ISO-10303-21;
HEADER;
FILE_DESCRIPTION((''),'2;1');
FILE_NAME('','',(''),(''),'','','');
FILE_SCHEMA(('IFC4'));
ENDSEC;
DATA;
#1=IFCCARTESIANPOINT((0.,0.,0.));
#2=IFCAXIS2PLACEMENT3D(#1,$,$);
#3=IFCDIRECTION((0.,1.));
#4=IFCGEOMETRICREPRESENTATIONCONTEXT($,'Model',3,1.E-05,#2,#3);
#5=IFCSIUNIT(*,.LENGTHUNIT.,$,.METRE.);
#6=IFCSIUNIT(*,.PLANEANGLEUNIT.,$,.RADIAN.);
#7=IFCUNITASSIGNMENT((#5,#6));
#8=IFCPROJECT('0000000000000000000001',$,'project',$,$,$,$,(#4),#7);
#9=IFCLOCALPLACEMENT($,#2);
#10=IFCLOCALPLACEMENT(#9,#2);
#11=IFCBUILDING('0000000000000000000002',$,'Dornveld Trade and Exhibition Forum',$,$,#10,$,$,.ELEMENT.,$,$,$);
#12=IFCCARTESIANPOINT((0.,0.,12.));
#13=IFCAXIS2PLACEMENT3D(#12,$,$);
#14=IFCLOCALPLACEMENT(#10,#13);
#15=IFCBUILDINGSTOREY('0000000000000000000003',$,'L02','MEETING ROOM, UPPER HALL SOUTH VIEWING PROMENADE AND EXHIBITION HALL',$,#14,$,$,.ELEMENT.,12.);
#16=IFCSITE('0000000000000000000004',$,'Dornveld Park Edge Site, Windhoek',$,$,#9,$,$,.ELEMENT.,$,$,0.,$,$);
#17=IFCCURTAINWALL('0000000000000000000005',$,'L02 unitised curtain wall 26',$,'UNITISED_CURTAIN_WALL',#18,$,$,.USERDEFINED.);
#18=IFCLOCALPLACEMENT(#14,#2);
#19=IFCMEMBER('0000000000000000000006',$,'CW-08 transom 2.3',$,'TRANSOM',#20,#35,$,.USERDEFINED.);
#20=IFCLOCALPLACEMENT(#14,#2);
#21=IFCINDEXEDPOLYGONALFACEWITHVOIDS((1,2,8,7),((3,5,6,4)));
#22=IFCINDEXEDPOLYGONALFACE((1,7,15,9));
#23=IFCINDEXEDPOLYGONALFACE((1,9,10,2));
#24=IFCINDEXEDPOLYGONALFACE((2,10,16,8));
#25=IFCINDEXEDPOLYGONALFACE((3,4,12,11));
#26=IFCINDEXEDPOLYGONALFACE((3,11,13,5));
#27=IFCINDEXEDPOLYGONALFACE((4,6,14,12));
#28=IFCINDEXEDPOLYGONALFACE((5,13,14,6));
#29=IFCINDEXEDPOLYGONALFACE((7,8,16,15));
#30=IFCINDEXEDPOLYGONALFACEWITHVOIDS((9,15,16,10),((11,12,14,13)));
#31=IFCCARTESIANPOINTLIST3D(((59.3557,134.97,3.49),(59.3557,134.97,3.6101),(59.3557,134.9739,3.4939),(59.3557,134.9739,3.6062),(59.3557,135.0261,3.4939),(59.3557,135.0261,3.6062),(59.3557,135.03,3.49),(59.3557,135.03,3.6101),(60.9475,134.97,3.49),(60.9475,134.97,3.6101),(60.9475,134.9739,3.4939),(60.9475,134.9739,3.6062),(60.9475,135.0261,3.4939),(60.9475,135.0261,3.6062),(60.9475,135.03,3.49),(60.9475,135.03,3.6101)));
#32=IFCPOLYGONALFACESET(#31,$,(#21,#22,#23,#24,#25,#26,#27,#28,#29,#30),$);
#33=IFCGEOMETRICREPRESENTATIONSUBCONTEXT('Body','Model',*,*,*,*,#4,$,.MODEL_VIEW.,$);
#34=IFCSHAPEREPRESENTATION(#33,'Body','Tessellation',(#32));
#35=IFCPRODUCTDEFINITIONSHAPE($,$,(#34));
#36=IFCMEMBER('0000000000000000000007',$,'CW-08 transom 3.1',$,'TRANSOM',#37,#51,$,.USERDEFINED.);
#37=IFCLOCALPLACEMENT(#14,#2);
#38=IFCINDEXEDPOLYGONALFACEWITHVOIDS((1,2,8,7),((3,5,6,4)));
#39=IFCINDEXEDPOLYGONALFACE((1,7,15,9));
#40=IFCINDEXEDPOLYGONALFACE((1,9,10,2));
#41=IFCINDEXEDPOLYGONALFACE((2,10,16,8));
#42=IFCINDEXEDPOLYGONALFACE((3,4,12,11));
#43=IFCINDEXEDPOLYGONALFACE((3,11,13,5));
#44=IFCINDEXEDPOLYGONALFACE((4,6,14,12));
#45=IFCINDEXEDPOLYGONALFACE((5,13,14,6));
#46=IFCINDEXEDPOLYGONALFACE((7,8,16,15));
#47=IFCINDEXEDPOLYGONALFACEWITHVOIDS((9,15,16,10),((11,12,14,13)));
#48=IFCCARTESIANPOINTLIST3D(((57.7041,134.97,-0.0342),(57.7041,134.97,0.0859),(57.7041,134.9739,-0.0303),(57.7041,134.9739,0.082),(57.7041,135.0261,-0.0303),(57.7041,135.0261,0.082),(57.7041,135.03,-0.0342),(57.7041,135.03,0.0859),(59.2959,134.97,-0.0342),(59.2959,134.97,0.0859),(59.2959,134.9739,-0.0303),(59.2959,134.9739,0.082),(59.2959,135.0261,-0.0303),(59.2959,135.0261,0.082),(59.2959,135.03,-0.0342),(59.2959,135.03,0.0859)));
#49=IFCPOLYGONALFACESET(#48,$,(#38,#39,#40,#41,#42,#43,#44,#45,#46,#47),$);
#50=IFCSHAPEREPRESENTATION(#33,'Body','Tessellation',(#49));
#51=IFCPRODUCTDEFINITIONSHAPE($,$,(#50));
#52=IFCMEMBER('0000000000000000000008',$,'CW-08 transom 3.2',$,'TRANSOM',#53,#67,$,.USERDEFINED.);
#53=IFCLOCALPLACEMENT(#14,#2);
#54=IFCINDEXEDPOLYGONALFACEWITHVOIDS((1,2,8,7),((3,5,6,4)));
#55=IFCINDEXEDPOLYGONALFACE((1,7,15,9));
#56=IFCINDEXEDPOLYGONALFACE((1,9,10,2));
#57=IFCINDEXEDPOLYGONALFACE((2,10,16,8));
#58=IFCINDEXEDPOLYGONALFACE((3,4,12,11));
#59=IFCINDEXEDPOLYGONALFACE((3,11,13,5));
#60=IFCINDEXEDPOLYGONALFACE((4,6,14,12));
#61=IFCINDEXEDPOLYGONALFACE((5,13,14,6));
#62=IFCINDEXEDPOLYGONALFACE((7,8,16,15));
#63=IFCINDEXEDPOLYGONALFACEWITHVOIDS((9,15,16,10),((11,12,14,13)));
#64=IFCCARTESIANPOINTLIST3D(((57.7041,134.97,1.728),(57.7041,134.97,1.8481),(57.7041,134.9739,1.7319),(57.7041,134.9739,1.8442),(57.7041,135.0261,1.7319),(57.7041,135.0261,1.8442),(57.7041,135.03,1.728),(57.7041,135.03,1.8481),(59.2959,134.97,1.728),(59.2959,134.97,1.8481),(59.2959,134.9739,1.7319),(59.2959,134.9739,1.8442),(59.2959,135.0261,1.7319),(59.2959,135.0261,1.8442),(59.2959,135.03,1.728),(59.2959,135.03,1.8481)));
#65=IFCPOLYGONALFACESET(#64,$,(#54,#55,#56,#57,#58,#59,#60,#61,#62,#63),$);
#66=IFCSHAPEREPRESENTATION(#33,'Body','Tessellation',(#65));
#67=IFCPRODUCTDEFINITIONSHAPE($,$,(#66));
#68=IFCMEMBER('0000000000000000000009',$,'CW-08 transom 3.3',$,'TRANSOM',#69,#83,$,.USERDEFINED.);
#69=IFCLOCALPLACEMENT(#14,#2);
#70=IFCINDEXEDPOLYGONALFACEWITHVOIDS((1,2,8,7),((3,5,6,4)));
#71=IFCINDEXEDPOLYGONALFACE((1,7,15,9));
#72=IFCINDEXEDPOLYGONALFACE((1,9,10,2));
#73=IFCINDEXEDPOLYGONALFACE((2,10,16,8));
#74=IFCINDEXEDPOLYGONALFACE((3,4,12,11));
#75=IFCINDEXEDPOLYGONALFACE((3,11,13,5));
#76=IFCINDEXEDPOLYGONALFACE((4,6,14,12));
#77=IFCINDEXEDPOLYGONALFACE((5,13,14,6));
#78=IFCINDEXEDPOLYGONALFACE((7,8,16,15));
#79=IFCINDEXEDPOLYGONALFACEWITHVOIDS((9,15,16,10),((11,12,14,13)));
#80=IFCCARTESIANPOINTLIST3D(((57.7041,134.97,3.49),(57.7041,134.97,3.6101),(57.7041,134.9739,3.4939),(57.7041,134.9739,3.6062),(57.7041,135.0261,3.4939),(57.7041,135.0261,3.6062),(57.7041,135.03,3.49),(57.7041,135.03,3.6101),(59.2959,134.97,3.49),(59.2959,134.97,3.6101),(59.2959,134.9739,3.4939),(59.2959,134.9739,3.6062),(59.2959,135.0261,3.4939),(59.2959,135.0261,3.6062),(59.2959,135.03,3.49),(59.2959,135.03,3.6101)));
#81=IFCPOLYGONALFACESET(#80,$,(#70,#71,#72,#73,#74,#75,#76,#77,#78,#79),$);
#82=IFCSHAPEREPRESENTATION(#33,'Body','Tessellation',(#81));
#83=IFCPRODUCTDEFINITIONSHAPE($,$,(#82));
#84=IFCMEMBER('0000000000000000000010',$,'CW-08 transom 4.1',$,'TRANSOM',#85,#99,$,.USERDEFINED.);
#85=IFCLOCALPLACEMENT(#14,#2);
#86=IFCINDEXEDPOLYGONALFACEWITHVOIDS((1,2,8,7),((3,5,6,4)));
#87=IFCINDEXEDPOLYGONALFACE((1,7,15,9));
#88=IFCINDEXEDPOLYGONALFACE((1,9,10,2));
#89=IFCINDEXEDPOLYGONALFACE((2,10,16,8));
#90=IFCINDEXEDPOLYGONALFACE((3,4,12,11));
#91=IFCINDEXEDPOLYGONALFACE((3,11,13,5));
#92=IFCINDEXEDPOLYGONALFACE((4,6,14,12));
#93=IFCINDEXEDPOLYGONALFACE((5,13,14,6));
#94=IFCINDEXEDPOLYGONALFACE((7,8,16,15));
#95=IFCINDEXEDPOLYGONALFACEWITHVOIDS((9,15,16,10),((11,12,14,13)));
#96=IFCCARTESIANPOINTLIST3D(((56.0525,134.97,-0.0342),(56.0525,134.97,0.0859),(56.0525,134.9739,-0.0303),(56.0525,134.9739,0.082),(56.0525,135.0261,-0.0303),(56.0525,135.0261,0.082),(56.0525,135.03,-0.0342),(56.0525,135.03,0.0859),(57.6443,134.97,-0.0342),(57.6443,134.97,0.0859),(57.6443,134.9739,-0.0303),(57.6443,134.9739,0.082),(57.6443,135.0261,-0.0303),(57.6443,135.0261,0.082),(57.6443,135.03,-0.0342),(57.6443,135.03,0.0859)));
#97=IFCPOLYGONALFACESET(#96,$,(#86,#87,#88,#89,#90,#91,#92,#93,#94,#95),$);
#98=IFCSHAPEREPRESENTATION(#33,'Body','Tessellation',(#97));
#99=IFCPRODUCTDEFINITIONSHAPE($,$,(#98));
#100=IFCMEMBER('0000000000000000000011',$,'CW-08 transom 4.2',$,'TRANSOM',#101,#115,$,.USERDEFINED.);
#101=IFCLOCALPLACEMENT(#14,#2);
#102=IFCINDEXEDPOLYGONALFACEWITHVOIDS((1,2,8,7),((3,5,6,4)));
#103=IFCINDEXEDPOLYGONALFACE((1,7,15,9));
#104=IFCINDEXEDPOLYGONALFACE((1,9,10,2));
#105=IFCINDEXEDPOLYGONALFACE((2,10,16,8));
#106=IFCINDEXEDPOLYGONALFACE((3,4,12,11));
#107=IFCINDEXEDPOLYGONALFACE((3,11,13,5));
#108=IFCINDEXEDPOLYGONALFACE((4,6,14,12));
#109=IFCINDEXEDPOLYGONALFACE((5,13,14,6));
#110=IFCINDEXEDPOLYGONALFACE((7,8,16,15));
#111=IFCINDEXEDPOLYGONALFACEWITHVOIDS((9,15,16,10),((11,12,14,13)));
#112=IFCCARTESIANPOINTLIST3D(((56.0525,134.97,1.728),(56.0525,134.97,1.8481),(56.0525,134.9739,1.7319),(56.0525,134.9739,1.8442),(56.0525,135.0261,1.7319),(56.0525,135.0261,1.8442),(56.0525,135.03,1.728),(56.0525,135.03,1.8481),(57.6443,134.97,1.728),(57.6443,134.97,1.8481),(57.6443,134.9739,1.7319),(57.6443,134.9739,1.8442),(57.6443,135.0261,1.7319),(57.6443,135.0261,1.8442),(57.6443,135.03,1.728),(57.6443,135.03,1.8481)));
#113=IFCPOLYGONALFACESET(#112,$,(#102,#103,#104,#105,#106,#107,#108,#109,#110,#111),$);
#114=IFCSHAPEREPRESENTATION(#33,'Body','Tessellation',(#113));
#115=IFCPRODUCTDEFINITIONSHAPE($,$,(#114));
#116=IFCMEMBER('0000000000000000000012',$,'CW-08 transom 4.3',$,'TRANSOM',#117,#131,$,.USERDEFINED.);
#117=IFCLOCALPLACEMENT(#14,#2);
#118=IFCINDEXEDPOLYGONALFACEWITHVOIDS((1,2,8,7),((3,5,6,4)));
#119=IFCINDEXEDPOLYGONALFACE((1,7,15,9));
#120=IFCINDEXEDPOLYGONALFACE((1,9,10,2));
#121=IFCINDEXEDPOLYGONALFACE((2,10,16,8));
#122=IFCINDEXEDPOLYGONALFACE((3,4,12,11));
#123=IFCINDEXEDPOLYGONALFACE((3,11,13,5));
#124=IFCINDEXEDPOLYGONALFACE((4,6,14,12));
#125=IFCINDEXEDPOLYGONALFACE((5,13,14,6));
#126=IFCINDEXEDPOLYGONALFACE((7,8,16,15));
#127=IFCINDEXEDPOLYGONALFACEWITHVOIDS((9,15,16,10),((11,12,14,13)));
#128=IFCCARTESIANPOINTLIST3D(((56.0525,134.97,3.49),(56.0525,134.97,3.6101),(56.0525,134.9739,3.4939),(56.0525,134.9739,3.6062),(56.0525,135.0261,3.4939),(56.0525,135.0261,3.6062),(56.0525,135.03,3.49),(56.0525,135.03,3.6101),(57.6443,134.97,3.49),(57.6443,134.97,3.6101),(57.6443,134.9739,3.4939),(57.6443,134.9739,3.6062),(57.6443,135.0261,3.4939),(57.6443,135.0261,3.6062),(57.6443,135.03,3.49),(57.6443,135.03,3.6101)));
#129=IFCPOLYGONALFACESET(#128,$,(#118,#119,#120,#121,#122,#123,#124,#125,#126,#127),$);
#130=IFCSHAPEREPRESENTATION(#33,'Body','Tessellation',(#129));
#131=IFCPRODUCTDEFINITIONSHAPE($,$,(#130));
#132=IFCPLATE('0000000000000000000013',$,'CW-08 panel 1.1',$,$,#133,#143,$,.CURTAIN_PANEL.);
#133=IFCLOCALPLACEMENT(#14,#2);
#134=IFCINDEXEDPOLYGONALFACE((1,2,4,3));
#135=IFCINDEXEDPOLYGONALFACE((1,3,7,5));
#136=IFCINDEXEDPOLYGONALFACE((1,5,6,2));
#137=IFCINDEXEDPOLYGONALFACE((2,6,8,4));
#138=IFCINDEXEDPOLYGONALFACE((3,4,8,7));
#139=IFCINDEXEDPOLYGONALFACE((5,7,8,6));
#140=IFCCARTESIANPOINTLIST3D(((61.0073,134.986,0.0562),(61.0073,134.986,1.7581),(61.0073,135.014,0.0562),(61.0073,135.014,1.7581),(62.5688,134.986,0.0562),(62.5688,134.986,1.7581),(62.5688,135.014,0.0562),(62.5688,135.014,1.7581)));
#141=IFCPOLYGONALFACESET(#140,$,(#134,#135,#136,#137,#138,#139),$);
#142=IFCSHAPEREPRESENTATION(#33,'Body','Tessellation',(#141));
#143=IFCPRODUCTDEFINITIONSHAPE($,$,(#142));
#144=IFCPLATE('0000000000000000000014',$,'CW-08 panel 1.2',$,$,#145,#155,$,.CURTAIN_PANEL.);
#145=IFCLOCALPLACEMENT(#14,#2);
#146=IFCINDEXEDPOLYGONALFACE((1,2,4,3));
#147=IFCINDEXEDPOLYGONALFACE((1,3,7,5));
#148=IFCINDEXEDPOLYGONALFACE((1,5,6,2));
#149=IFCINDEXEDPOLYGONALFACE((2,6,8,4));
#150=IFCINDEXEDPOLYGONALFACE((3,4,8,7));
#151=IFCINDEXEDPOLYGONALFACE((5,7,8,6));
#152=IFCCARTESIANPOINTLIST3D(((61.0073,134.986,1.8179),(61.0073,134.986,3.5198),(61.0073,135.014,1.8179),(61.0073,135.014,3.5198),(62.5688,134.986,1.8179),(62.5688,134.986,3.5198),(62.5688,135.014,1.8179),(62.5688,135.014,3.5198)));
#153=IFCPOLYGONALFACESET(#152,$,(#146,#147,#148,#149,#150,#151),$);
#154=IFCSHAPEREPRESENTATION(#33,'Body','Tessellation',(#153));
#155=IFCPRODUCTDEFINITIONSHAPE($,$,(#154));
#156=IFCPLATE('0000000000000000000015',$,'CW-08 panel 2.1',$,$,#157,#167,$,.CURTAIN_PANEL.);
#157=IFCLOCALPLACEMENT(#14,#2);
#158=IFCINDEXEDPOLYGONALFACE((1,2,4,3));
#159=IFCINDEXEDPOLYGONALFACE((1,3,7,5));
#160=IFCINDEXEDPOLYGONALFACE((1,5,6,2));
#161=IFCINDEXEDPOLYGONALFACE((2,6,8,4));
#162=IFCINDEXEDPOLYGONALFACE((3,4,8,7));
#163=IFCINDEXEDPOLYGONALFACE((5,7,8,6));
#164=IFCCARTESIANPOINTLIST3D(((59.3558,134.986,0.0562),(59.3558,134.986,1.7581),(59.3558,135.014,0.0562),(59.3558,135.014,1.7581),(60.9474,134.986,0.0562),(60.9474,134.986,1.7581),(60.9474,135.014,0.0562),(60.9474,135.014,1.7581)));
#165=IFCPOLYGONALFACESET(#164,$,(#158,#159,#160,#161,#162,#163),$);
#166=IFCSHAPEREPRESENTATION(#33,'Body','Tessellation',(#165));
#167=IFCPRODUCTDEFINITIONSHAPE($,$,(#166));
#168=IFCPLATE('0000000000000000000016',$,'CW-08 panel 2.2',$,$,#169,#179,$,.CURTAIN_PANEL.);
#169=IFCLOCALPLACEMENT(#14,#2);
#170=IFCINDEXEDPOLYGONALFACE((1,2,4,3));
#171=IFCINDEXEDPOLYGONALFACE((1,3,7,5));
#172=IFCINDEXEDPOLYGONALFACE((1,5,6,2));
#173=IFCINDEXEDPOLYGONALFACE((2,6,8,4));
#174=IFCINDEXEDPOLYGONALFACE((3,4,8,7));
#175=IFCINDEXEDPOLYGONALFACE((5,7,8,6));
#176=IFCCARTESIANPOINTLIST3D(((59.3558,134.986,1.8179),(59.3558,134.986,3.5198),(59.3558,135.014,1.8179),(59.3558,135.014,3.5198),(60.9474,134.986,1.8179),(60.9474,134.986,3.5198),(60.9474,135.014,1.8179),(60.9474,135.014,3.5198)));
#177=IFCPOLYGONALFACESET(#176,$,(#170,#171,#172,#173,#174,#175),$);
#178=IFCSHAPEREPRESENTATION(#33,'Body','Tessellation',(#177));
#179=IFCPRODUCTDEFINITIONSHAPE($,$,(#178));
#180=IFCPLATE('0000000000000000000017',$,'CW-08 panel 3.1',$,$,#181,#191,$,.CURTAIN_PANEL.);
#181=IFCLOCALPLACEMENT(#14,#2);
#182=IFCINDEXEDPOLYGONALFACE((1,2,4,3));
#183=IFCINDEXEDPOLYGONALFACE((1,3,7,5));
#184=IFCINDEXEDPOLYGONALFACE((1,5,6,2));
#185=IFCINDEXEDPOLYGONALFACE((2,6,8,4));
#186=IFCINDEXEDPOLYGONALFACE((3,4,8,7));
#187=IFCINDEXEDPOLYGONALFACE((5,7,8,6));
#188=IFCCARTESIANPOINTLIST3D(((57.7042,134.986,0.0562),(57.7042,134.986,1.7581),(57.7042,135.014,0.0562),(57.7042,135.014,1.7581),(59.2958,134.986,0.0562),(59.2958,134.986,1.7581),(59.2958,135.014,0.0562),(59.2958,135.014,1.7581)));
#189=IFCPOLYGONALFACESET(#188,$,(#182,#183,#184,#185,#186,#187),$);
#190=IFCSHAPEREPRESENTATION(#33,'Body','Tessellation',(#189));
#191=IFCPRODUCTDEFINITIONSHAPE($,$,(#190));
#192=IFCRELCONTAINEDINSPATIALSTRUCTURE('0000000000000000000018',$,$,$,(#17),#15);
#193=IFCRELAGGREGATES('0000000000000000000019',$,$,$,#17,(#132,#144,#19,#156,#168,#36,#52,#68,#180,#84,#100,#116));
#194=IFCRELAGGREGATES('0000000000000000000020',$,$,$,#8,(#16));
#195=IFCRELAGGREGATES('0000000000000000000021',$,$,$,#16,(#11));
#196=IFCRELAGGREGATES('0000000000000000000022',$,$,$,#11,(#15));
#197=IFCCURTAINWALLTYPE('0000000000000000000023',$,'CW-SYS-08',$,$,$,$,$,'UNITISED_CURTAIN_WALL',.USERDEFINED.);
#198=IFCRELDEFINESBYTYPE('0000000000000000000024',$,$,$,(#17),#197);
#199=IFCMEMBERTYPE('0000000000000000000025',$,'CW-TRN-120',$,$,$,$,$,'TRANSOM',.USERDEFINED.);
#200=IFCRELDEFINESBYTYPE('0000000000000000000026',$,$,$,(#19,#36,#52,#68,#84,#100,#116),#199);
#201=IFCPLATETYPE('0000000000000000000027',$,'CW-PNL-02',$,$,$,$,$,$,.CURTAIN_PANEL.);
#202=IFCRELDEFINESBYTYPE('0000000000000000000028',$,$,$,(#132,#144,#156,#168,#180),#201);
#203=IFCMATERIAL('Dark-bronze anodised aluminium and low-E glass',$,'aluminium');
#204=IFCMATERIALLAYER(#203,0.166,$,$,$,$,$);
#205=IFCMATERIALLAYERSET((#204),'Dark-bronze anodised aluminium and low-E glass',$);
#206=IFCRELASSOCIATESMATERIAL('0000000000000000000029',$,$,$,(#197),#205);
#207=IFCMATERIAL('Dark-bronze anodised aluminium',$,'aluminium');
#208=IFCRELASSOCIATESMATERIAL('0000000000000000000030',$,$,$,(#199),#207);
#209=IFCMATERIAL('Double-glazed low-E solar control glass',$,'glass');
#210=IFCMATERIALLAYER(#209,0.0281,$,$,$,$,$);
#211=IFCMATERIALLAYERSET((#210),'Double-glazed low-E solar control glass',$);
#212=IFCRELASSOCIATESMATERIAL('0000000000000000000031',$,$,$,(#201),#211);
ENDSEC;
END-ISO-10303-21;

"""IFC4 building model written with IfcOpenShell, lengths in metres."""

from ifc_helpers import new_model, si_unit, direction, frame, origin, origin_2d, place, context, subcontext, project, spatial, rectangle, hollow_rectangle, extrude, material, layer, layer_set, material_profile, profile_set, type_object, element, aggregate, save


model = new_model("IFC4")

# Units and contexts
model_context = context("Model", 3, precision=1e-05, world=origin(), true_north=direction((0.0, 1.0)))
body_context = subcontext(model_context, "Body", "Model", "MODEL_VIEW")
ifc_project = project(units=[si_unit("LENGTHUNIT", "METRE"), si_unit("PLANEANGLEUNIT", "RADIAN")], contexts=[model_context])

# Site, building, storey
site_placement = place(None, origin())
site = spatial("IfcSite", under=ifc_project, at=site_placement, Name="Dornveld Park Edge Site, Windhoek", CompositionType="ELEMENT", RefElevation=0.0)
building_placement = place(site_placement, origin())
building = spatial("IfcBuilding", under=site, at=building_placement, Name="Dornveld Trade and Exhibition Forum", CompositionType="ELEMENT")
storey_placement = place(building_placement, frame((0.0, 0.0, 12.0)))
storey = spatial("IfcBuildingStorey", under=building, at=storey_placement, Name="L02", Description="MEETING ROOM, UPPER HALL SOUTH VIEWING PROMENADE AND EXHIBITION HALL", CompositionType="ELEMENT", Elevation=12.0)

# Curtain wall
ifc_material_1 = material(Name="Dark-bronze anodised aluminium and low-E glass", Category="aluminium")
ifc_layer_1 = layer(ifc_material_1, 0.166)
ifc_layer_set_1 = layer_set([ifc_layer_1], Name="Dark-bronze anodised aluminium and low-E glass")
curtain_wall_type_1 = type_object("IfcCurtainWallType", Name="CW-SYS-08", ElementType="UNITISED_CURTAIN_WALL", PredefinedType="USERDEFINED", material=ifc_layer_set_1)
curtain_wall_1_placement = place(storey_placement, origin())
curtain_wall_1 = element("IfcCurtainWall", 1, at=curtain_wall_1_placement, inside=storey, type_object=curtain_wall_type_1, Name="L02 unitised curtain wall 26", ObjectType="UNITISED_CURTAIN_WALL", PredefinedType="USERDEFINED")

# Members
ifc_material_2 = material(Name="Dark-bronze anodised aluminium", Category="aluminium")
ifc_material_profile_1 = material_profile(ifc_material_2, hollow_rectangle(XDim=0.0601, YDim=0.1201, WallThickness=0.0039, at=origin_2d()), Name="RHS 120x60x4")
ifc_profile_set_1 = profile_set([ifc_material_profile_1], Name="Dark-bronze anodised aluminium")
member_type_1 = type_object("IfcMemberType", Name="CW-TRN-120", ElementType="TRANSOM", PredefinedType="USERDEFINED", material=ifc_profile_set_1)
member_1_placement = place(storey_placement, frame((60.9475, 135.0, 3.55), z_axis=(-1.0, 0.0, 0.0), x_axis=(0.0, -1.0, 0.0)))
member_1 = element("IfcMember", 2, at=member_1_placement, type_object=member_type_1, Name="CW-08 transom 2.3", ObjectType="TRANSOM", PredefinedType="USERDEFINED", context=body_context, shape_type="SweptSolid", body=[
    extrude(hollow_rectangle(XDim=0.0601, YDim=0.1201, WallThickness=0.0039, at=origin_2d()), origin(), (0.0, 0.0, 1.0), 1.5918),
])
member_2_placement = place(storey_placement, frame((59.2959, 135.0, 0.0259), z_axis=(-1.0, 0.0, 0.0), x_axis=(0.0, -1.0, 0.0)))
member_2 = element("IfcMember", 3, at=member_2_placement, type_object=member_type_1, Name="CW-08 transom 3.1", ObjectType="TRANSOM", PredefinedType="USERDEFINED", context=body_context, shape_type="SweptSolid", body=[
    extrude(hollow_rectangle(XDim=0.0601, YDim=0.1201, WallThickness=0.0039, at=origin_2d()), origin(), (0.0, 0.0, 1.0), 1.5918),
])
member_3_placement = place(storey_placement, frame((59.2959, 135.0, 1.7881), z_axis=(-1.0, 0.0, 0.0), x_axis=(0.0, -1.0, 0.0)))
member_3 = element("IfcMember", 4, at=member_3_placement, type_object=member_type_1, Name="CW-08 transom 3.2", ObjectType="TRANSOM", PredefinedType="USERDEFINED", context=body_context, shape_type="SweptSolid", body=[
    extrude(hollow_rectangle(XDim=0.0601, YDim=0.1201, WallThickness=0.0039, at=origin_2d()), origin(), (0.0, 0.0, 1.0), 1.5918),
])
member_4_placement = place(storey_placement, frame((59.2959, 135.0, 3.55), z_axis=(-1.0, 0.0, 0.0), x_axis=(0.0, -1.0, 0.0)))
member_4 = element("IfcMember", 5, at=member_4_placement, type_object=member_type_1, Name="CW-08 transom 3.3", ObjectType="TRANSOM", PredefinedType="USERDEFINED", context=body_context, shape_type="SweptSolid", body=[
    extrude(hollow_rectangle(XDim=0.0601, YDim=0.1201, WallThickness=0.0039, at=origin_2d()), origin(), (0.0, 0.0, 1.0), 1.5918),
])
member_5_placement = place(storey_placement, frame((57.6443, 135.0, 0.0259), z_axis=(-1.0, 0.0, 0.0), x_axis=(0.0, -1.0, 0.0)))
member_5 = element("IfcMember", 6, at=member_5_placement, type_object=member_type_1, Name="CW-08 transom 4.1", ObjectType="TRANSOM", PredefinedType="USERDEFINED", context=body_context, shape_type="SweptSolid", body=[
    extrude(hollow_rectangle(XDim=0.0601, YDim=0.1201, WallThickness=0.0039, at=origin_2d()), origin(), (0.0, 0.0, 1.0), 1.5918),
])
member_6_placement = place(storey_placement, frame((57.6443, 135.0, 1.7881), z_axis=(-1.0, 0.0, 0.0), x_axis=(0.0, -1.0, 0.0)))
member_6 = element("IfcMember", 7, at=member_6_placement, type_object=member_type_1, Name="CW-08 transom 4.2", ObjectType="TRANSOM", PredefinedType="USERDEFINED", context=body_context, shape_type="SweptSolid", body=[
    extrude(hollow_rectangle(XDim=0.0601, YDim=0.1201, WallThickness=0.0039, at=origin_2d()), origin(), (0.0, 0.0, 1.0), 1.5918),
])
member_7_placement = place(storey_placement, frame((57.6443, 135.0, 3.55), z_axis=(-1.0, 0.0, 0.0), x_axis=(0.0, -1.0, 0.0)))
member_7 = element("IfcMember", 8, at=member_7_placement, type_object=member_type_1, Name="CW-08 transom 4.3", ObjectType="TRANSOM", PredefinedType="USERDEFINED", context=body_context, shape_type="SweptSolid", body=[
    extrude(hollow_rectangle(XDim=0.0601, YDim=0.1201, WallThickness=0.0039, at=origin_2d()), origin(), (0.0, 0.0, 1.0), 1.5918),
])

# Plates
ifc_material_3 = material(Name="Double-glazed low-E solar control glass", Category="glass")
ifc_layer_2 = layer(ifc_material_3, 0.0281)
ifc_layer_set_2 = layer_set([ifc_layer_2], Name="Double-glazed low-E solar control glass")
plate_type_1 = type_object("IfcPlateType", Name="CW-PNL-02", PredefinedType="CURTAIN_PANEL", material=ifc_layer_set_2)
plate_1_placement = place(storey_placement, frame((61.7881, 135.0, 0.0562), z_axis=(0.0, 0.0, 1.0), x_axis=(-1.0, 0.0, 0.0)))
plate_1 = element("IfcPlate", 9, at=plate_1_placement, type_object=plate_type_1, Name="CW-08 panel 1.1", PredefinedType="CURTAIN_PANEL", context=body_context, shape_type="SweptSolid", body=[
    extrude(rectangle(XDim=1.5615, YDim=0.0281, at=origin_2d()), origin(), (0.0, 0.0, 1.0), 1.7019),
])
plate_2_placement = place(storey_placement, frame((61.7881, 135.0, 1.8179), z_axis=(0.0, 0.0, 1.0), x_axis=(-1.0, 0.0, 0.0)))
plate_2 = element("IfcPlate", 10, at=plate_2_placement, type_object=plate_type_1, Name="CW-08 panel 1.2", PredefinedType="CURTAIN_PANEL", context=body_context, shape_type="SweptSolid", body=[
    extrude(rectangle(XDim=1.5615, YDim=0.0281, at=origin_2d()), origin(), (0.0, 0.0, 1.0), 1.7019),
])
plate_3_placement = place(storey_placement, frame((60.1516, 135.0, 0.0562), z_axis=(0.0, 0.0, 1.0), x_axis=(-1.0, 0.0, 0.0)))
plate_3 = element("IfcPlate", 11, at=plate_3_placement, type_object=plate_type_1, Name="CW-08 panel 2.1", PredefinedType="CURTAIN_PANEL", context=body_context, shape_type="SweptSolid", body=[
    extrude(rectangle(XDim=1.5916, YDim=0.0281, at=origin_2d()), origin(), (0.0, 0.0, 1.0), 1.7019),
])
plate_4_placement = place(storey_placement, frame((60.1516, 135.0, 1.8179), z_axis=(0.0, 0.0, 1.0), x_axis=(-1.0, 0.0, 0.0)))
plate_4 = element("IfcPlate", 12, at=plate_4_placement, type_object=plate_type_1, Name="CW-08 panel 2.2", PredefinedType="CURTAIN_PANEL", context=body_context, shape_type="SweptSolid", body=[
    extrude(rectangle(XDim=1.5916, YDim=0.0281, at=origin_2d()), origin(), (0.0, 0.0, 1.0), 1.7019),
])
plate_5_placement = place(storey_placement, frame((58.5, 135.0, 0.0562), z_axis=(0.0, 0.0, 1.0), x_axis=(-1.0, 0.0, 0.0)))
plate_5 = element("IfcPlate", 13, at=plate_5_placement, type_object=plate_type_1, Name="CW-08 panel 3.1", PredefinedType="CURTAIN_PANEL", context=body_context, shape_type="SweptSolid", body=[
    extrude(rectangle(XDim=1.5916, YDim=0.0281, at=origin_2d()), origin(), (0.0, 0.0, 1.0), 1.7019),
])
aggregate(curtain_wall_1, [plate_1, plate_2, member_1, plate_3, plate_4, member_2, member_3, member_4, plate_5, member_5, member_6, member_7])

save(model, "model.ifc")
